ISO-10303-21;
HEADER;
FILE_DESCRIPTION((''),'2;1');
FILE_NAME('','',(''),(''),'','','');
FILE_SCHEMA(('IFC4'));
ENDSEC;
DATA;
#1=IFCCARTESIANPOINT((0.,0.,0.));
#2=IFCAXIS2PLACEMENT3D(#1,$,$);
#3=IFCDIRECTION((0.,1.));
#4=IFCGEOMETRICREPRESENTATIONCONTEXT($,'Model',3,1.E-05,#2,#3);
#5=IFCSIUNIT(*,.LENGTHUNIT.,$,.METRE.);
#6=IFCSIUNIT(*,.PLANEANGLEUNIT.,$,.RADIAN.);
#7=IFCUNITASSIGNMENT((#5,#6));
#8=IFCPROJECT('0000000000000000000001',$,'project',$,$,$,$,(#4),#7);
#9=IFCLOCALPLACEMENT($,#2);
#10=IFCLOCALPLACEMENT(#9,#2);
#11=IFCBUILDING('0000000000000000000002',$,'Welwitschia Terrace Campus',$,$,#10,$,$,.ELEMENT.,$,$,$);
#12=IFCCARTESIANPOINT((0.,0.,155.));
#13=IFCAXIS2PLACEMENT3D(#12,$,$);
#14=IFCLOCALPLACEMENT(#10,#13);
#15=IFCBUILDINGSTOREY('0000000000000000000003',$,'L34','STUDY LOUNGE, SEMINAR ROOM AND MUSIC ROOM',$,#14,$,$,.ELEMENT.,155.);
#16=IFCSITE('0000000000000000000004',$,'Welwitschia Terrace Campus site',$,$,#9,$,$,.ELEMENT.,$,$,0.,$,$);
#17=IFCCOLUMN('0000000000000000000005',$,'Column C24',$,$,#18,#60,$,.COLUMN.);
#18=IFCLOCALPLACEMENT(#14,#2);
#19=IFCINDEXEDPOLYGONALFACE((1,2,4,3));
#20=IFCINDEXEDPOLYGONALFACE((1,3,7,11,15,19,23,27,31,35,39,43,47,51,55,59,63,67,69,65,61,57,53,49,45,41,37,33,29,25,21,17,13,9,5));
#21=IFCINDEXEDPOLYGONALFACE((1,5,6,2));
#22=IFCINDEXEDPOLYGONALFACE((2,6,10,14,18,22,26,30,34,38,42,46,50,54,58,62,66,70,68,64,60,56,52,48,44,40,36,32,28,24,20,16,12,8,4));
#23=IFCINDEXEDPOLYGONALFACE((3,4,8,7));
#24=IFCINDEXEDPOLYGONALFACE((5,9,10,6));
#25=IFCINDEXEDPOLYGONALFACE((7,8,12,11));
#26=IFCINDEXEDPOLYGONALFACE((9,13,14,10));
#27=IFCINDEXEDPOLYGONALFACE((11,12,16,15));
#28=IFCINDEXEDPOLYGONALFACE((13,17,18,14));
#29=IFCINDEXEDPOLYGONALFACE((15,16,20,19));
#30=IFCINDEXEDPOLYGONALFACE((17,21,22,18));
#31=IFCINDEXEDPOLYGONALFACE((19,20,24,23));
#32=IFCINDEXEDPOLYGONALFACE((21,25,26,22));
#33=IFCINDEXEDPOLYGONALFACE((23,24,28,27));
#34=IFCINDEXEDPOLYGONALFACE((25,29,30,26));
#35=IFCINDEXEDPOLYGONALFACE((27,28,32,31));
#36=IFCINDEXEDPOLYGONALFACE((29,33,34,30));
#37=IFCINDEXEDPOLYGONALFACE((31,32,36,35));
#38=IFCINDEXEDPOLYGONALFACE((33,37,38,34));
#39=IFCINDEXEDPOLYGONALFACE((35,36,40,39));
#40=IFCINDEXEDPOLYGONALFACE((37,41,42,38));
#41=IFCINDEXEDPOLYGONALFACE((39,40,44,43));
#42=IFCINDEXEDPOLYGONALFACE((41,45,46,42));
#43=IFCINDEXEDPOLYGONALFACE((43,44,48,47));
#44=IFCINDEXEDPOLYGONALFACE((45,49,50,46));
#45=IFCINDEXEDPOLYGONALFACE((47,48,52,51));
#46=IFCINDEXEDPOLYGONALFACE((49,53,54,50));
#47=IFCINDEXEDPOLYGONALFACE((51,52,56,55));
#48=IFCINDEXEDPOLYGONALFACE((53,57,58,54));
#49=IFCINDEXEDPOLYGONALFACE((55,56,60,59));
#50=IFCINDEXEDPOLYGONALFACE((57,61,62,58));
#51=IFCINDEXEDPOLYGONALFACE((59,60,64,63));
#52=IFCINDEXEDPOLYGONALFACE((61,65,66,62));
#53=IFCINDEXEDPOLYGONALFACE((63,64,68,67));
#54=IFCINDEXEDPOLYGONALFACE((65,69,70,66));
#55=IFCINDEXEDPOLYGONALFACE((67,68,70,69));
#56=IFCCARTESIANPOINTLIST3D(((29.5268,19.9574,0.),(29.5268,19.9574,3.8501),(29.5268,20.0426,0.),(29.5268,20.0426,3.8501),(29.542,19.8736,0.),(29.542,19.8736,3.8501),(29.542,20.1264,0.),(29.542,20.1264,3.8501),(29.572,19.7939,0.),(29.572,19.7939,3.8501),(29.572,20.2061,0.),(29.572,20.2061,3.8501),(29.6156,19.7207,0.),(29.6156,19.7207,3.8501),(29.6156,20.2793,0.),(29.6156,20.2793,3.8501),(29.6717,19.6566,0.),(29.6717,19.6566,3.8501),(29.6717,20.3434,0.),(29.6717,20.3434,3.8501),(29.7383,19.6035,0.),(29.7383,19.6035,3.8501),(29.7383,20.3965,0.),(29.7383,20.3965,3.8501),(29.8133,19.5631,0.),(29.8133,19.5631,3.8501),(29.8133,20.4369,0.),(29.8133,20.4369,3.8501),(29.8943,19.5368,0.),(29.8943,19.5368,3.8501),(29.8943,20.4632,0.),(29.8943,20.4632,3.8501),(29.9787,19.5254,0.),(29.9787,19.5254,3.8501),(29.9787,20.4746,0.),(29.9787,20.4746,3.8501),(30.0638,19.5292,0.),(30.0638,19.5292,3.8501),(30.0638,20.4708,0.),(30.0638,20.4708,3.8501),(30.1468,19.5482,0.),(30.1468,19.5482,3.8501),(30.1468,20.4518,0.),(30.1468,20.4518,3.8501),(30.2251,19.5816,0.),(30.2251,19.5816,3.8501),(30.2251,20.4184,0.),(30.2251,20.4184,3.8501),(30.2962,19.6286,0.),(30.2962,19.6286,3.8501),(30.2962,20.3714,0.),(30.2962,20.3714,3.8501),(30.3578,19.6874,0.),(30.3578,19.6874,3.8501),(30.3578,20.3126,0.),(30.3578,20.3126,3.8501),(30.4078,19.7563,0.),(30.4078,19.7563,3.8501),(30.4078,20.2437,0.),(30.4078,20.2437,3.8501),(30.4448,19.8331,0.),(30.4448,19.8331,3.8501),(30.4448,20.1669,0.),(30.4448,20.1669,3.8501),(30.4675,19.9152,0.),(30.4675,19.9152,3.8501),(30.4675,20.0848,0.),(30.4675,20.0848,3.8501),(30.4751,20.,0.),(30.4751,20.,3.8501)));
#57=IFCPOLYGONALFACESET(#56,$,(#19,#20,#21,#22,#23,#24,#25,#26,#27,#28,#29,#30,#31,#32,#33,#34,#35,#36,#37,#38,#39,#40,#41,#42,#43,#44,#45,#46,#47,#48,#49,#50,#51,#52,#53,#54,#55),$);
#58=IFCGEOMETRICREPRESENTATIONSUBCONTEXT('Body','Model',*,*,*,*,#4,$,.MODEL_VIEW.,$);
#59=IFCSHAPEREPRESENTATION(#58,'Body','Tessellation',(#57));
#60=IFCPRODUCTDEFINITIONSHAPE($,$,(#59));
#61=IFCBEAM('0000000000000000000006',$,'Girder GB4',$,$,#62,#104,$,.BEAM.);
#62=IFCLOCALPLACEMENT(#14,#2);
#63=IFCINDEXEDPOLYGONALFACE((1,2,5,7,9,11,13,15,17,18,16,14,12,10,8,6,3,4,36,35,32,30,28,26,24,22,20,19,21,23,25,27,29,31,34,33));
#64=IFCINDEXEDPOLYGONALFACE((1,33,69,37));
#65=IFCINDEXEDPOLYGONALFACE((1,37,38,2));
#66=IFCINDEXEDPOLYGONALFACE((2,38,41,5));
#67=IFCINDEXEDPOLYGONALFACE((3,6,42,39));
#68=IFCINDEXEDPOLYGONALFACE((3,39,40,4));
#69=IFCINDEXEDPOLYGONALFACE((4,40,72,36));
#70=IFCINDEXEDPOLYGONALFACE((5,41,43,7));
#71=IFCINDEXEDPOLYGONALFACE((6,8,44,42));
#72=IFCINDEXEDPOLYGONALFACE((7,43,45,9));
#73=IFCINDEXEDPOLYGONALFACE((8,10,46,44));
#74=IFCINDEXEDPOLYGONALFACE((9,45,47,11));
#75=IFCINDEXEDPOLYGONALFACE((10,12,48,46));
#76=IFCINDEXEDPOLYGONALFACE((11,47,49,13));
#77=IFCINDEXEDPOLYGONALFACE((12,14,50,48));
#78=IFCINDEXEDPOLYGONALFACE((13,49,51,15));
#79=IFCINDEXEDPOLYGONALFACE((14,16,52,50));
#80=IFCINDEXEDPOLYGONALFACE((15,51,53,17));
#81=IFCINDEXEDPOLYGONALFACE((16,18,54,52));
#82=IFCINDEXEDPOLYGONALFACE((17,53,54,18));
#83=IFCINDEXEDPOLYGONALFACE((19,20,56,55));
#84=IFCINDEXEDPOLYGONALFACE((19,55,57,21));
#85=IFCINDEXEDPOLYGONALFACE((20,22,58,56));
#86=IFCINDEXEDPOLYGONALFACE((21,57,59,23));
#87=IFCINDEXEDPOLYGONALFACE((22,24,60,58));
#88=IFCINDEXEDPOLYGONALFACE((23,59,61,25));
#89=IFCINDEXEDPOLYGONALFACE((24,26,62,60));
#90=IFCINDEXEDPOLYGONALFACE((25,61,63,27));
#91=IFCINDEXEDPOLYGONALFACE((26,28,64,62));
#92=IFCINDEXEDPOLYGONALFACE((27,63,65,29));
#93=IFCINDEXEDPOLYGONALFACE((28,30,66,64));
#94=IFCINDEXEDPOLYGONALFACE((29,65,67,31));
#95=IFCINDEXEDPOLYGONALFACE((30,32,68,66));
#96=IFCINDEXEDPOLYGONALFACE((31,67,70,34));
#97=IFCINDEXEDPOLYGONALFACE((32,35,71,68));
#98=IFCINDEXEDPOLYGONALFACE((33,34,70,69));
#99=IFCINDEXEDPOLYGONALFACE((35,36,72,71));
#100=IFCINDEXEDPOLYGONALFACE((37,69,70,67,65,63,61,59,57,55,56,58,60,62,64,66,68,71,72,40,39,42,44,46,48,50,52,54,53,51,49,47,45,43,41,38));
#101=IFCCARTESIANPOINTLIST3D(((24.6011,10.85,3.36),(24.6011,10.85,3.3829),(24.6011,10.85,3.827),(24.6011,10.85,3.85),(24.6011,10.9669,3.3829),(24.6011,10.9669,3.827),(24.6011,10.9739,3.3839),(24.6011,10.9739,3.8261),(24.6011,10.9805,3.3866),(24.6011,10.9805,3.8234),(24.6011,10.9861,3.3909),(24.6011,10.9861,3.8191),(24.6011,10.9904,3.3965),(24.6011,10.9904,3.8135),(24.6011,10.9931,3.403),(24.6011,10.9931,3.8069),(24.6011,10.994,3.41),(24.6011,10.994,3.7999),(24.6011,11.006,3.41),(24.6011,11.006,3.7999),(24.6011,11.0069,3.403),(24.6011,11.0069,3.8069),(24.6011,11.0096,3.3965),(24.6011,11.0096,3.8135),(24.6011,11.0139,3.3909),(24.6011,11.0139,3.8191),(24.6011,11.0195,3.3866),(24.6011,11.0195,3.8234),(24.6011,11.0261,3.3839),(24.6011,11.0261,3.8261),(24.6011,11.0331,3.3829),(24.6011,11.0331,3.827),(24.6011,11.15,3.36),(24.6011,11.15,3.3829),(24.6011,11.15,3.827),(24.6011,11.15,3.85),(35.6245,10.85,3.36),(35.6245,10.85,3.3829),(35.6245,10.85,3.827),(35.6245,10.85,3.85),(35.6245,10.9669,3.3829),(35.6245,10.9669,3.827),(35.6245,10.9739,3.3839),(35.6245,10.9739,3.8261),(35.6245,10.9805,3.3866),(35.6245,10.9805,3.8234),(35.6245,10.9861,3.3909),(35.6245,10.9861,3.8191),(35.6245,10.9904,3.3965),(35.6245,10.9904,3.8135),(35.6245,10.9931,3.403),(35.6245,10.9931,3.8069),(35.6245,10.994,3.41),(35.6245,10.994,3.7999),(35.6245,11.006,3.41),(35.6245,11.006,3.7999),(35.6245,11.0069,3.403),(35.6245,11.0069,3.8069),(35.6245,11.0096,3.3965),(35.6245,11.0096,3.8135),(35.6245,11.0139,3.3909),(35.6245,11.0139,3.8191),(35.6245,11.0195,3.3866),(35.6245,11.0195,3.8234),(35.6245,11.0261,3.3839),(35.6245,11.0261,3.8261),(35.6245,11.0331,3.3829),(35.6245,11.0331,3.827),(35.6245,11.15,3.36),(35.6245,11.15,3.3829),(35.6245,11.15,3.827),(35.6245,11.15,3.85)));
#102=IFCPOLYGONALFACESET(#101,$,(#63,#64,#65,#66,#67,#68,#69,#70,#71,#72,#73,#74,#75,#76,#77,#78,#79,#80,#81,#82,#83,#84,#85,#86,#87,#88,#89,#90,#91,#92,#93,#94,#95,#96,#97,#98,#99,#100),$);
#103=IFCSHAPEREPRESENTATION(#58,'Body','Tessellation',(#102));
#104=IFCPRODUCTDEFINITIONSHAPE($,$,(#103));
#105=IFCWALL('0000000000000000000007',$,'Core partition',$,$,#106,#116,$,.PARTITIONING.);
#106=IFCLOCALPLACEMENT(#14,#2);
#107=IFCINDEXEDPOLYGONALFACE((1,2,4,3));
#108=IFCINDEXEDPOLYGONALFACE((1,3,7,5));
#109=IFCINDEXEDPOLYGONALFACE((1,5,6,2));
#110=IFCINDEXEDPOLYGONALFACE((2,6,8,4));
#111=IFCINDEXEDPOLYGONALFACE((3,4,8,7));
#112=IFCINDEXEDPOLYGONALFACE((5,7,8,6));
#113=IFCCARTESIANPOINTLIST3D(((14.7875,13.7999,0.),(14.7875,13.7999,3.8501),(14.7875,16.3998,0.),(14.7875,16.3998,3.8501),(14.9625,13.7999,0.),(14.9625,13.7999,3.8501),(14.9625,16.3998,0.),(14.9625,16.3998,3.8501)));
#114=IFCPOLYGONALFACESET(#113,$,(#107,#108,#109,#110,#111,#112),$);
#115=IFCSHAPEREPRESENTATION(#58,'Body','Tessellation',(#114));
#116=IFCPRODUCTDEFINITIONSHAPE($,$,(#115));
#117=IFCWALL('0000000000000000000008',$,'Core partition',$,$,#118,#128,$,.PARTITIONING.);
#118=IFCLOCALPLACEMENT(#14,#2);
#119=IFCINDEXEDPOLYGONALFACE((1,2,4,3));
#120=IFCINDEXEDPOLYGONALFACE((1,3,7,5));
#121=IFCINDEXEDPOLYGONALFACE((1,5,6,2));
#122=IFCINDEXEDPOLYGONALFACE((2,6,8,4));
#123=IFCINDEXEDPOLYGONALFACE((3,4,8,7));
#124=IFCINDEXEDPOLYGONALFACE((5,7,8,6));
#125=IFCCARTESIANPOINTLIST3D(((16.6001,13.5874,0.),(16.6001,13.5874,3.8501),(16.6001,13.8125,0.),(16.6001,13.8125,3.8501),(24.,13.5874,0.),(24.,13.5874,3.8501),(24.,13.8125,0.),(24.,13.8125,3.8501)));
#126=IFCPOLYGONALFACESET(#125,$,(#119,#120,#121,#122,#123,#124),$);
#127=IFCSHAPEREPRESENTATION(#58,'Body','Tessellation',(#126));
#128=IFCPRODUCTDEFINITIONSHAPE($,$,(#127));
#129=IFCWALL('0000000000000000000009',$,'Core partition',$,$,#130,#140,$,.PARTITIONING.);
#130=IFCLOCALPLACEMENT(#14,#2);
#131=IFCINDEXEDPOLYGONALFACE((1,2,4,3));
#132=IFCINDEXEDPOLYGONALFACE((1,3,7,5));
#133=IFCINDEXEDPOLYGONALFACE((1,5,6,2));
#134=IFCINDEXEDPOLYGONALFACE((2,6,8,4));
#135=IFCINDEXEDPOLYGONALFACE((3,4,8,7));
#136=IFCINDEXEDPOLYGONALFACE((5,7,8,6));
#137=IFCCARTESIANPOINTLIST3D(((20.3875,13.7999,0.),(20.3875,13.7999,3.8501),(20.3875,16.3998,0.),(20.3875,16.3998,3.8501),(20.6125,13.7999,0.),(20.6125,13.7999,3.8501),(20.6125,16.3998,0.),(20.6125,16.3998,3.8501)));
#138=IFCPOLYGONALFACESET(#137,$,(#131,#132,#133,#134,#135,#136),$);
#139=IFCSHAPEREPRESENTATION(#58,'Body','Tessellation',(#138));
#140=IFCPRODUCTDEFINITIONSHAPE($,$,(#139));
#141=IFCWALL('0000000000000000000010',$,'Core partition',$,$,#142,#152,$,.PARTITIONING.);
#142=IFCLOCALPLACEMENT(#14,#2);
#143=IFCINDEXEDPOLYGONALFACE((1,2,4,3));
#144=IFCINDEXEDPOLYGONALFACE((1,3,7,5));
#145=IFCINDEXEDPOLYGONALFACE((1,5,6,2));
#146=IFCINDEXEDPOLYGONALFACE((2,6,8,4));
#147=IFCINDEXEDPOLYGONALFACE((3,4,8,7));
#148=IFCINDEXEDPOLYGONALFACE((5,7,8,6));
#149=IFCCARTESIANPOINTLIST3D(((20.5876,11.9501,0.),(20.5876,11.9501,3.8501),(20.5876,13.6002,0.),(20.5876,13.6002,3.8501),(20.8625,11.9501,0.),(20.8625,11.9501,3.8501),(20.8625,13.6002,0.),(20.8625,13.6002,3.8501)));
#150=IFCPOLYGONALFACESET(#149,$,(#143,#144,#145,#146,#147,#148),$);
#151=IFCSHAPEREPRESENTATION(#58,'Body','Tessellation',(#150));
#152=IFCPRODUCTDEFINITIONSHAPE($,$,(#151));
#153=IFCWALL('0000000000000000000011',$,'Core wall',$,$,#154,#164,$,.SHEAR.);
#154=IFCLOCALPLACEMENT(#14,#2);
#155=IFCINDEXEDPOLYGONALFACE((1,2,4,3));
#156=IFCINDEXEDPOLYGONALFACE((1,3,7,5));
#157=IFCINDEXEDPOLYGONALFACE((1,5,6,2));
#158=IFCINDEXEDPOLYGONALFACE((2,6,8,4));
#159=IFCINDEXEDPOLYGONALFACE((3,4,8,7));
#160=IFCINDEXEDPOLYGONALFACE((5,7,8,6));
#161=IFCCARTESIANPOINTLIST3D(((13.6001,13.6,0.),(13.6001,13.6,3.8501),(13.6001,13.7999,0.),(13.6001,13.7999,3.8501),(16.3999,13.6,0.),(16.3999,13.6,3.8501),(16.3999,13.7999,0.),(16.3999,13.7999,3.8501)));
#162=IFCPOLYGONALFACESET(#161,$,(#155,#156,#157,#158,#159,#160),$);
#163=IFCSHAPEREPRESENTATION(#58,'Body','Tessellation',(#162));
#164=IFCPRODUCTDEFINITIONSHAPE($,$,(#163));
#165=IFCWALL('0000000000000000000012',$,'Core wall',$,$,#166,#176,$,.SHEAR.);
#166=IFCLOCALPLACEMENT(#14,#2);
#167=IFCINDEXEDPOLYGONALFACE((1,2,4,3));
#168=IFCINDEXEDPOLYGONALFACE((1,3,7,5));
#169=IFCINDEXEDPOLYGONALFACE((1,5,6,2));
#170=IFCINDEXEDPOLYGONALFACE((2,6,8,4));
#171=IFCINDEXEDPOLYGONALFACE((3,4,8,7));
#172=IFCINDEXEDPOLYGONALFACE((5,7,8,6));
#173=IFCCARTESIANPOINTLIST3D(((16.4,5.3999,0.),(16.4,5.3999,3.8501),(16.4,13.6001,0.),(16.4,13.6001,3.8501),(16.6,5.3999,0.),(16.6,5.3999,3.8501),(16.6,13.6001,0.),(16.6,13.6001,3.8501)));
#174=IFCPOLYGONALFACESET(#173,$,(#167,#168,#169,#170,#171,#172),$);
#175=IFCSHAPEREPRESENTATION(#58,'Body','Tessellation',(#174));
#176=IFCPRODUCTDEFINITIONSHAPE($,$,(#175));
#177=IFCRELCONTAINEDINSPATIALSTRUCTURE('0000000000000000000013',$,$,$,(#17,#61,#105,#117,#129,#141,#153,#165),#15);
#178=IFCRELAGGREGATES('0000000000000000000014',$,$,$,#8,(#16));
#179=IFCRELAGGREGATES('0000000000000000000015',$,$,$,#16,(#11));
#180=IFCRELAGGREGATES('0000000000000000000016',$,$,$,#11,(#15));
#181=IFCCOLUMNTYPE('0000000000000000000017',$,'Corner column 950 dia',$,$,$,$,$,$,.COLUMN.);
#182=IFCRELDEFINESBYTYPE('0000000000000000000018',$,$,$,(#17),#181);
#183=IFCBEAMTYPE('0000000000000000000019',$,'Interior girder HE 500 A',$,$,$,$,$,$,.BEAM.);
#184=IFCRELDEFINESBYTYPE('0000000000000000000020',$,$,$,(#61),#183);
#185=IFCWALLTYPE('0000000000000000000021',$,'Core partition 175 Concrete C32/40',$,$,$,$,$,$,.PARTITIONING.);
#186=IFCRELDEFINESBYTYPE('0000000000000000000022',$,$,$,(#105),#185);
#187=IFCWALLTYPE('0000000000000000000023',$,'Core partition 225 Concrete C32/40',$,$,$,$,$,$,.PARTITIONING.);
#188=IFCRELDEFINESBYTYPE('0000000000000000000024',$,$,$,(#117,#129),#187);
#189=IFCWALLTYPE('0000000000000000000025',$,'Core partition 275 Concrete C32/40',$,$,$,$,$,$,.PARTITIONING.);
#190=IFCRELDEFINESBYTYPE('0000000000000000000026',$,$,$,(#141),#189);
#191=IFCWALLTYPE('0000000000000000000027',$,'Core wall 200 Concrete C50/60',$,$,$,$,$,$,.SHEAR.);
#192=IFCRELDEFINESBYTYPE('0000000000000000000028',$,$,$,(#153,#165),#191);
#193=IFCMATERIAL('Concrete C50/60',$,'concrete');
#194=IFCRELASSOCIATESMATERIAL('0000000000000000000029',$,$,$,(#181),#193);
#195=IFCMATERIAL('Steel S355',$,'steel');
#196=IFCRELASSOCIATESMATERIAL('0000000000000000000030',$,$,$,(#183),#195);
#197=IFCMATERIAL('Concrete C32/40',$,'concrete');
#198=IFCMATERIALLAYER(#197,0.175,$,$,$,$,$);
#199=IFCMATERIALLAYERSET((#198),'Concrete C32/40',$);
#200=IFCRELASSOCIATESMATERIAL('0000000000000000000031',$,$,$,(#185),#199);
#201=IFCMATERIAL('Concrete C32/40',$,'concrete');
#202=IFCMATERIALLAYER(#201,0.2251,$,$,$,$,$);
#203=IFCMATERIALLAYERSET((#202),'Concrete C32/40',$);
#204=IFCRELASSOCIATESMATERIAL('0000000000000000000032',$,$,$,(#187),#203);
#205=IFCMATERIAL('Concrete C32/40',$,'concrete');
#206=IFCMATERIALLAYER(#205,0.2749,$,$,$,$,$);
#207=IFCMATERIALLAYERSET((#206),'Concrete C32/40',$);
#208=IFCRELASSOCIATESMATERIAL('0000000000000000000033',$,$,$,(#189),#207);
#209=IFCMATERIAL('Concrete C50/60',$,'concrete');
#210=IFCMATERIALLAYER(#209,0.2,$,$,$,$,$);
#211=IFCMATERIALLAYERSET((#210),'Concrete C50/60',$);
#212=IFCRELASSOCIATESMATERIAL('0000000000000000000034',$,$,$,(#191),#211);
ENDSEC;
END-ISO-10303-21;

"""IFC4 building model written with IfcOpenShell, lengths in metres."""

from ifc_helpers import new_model, si_unit, direction, frame, frame_2d, origin, origin_2d, place, context, subcontext, project, spatial, rectangle, circle, i_section, extrude, material, layer, layer_set, material_profile, profile_set, type_object, element, save


model = new_model("IFC4")

# Units and contexts
model_context = context("Model", 3, precision=1e-05, world=origin(), true_north=direction((0.0, 1.0)))
body_context = subcontext(model_context, "Body", "Model", "MODEL_VIEW")
ifc_project = project(units=[si_unit("LENGTHUNIT", "METRE"), si_unit("PLANEANGLEUNIT", "RADIAN")], contexts=[model_context])

# Site, building, storey
site_placement = place(None, origin())
site = spatial("IfcSite", under=ifc_project, at=site_placement, Name="Welwitschia Terrace Campus site", CompositionType="ELEMENT", RefElevation=0.0)
building_placement = place(site_placement, origin())
building = spatial("IfcBuilding", under=site, at=building_placement, Name="Welwitschia Terrace Campus", CompositionType="ELEMENT")
storey_placement = place(building_placement, frame((0.0, 0.0, 155.0)))
storey = spatial("IfcBuildingStorey", under=building, at=storey_placement, Name="L34", Description="STUDY LOUNGE, SEMINAR ROOM AND MUSIC ROOM", CompositionType="ELEMENT", Elevation=155.0)

# Column
ifc_material_1 = material(Name="Concrete C50/60", Category="concrete")
ifc_material_profile_1 = material_profile(ifc_material_1, circle(Radius=0.4751, at=origin_2d()))
ifc_profile_set_1 = profile_set([ifc_material_profile_1], Name="Concrete C50/60")
column_type = type_object("IfcColumnType", Name="Corner column 950 dia", PredefinedType="COLUMN", material=ifc_profile_set_1)
column_placement = place(storey_placement, frame((30.0, 20.0, 0.0), z_axis=(0.0, 0.0, 1.0), x_axis=(1.0, 0.0, 0.0)))
element("IfcColumn", 1, at=column_placement, inside=storey, type_object=column_type, Name="Column C24", PredefinedType="COLUMN", context=body_context, shape_type="SweptSolid", body=[
    extrude(circle(Radius=0.4751, at=origin_2d()), origin(), (0.0, 0.0, 1.0), 3.8501),
])

# Beam
ifc_material_2 = material(Name="Steel S355", Category="steel")
ifc_material_profile_2 = material_profile(ifc_material_2, i_section(OverallWidth=0.3, OverallDepth=0.49, WebThickness=0.012, FlangeThickness=0.0229, FilletRadius=0.0271, at=origin_2d()))
ifc_profile_set_2 = profile_set([ifc_material_profile_2], Name="Steel S355")
beam_type = type_object("IfcBeamType", Name="Interior girder HE 500 A", PredefinedType="BEAM", material=ifc_profile_set_2)
beam_placement = place(storey_placement, frame((24.6011, 11.0, 3.605), z_axis=(1.0, 0.0, 0.0), x_axis=(0.0, 1.0, 0.0)))
element("IfcBeam", 2, at=beam_placement, inside=storey, type_object=beam_type, Name="Girder GB4", PredefinedType="BEAM", context=body_context, shape_type="SweptSolid", body=[
    extrude(i_section(OverallWidth=0.3, OverallDepth=0.49, WebThickness=0.012, FlangeThickness=0.0229, FilletRadius=0.0271, at=origin_2d()), origin(), (0.0, 0.0, 1.0), 11.0234),
])

# Walls
ifc_material_3 = material(Name="Concrete C32/40", Category="concrete")
ifc_layer_1 = layer(ifc_material_3, 0.175)
ifc_layer_set_1 = layer_set([ifc_layer_1], Name="Concrete C32/40")
wall_type_1 = type_object("IfcWallType", Name="Core partition 175 Concrete C32/40", PredefinedType="PARTITIONING", material=ifc_layer_set_1)
wall_1_placement = place(storey_placement, frame((14.875, 13.8, 0.0), z_axis=(0.0, 0.0, 1.0), x_axis=(0.0, 1.0, 0.0)))
element("IfcWall", 3, at=wall_1_placement, inside=storey, type_object=wall_type_1, Name="Core partition", PredefinedType="PARTITIONING", context=body_context, shape_type="SweptSolid", body=[
    extrude(rectangle(XDim=2.5999, YDim=0.175, at=frame_2d((1.2998, 0.0))), origin(), (0.0, 0.0, 1.0), 3.8501),
])
ifc_material_4 = material(Name="Concrete C32/40", Category="concrete")
ifc_layer_2 = layer(ifc_material_4, 0.2251)
ifc_layer_set_2 = layer_set([ifc_layer_2], Name="Concrete C32/40")
wall_type_2 = type_object("IfcWallType", Name="Core partition 225 Concrete C32/40", PredefinedType="PARTITIONING", material=ifc_layer_set_2)
wall_2_placement = place(storey_placement, frame((16.6001, 13.7, 0.0), z_axis=(0.0, 0.0, 1.0), x_axis=(1.0, 0.0, 0.0)))
element("IfcWall", 4, at=wall_2_placement, inside=storey, type_object=wall_type_2, Name="Core partition", PredefinedType="PARTITIONING", context=body_context, shape_type="SweptSolid", body=[
    extrude(rectangle(XDim=7.3999, YDim=0.2251, at=frame_2d((3.7, 0.0))), origin(), (0.0, 0.0, 1.0), 3.8501),
])
wall_3_placement = place(storey_placement, frame((20.5, 13.8, 0.0), z_axis=(0.0, 0.0, 1.0), x_axis=(0.0, 1.0, 0.0)))
element("IfcWall", 5, at=wall_3_placement, inside=storey, type_object=wall_type_2, Name="Core partition", PredefinedType="PARTITIONING", context=body_context, shape_type="SweptSolid", body=[
    extrude(rectangle(XDim=2.5999, YDim=0.2251, at=frame_2d((1.2998, 0.0))), origin(), (0.0, 0.0, 1.0), 3.8501),
])
ifc_material_5 = material(Name="Concrete C32/40", Category="concrete")
ifc_layer_3 = layer(ifc_material_5, 0.2749)
ifc_layer_set_3 = layer_set([ifc_layer_3], Name="Concrete C32/40")
wall_type_3 = type_object("IfcWallType", Name="Core partition 275 Concrete C32/40", PredefinedType="PARTITIONING", material=ifc_layer_set_3)
wall_4_placement = place(storey_placement, frame((20.7251, 11.95, 0.0), z_axis=(0.0, 0.0, 1.0), x_axis=(0.0, 1.0, 0.0)))
element("IfcWall", 6, at=wall_4_placement, inside=storey, type_object=wall_type_3, Name="Core partition", PredefinedType="PARTITIONING", context=body_context, shape_type="SweptSolid", body=[
    extrude(rectangle(XDim=1.6501, YDim=0.2749, at=frame_2d((0.8252, 0.0))), origin(), (0.0, 0.0, 1.0), 3.8501),
])
ifc_material_6 = material(Name="Concrete C50/60", Category="concrete")
ifc_layer_4 = layer(ifc_material_6, 0.2)
ifc_layer_set_4 = layer_set([ifc_layer_4], Name="Concrete C50/60")
wall_type_4 = type_object("IfcWallType", Name="Core wall 200 Concrete C50/60", PredefinedType="SHEAR", material=ifc_layer_set_4)
wall_5_placement = place(storey_placement, frame((13.6001, 13.7, 0.0), z_axis=(0.0, 0.0, 1.0), x_axis=(1.0, 0.0, 0.0)))
element("IfcWall", 7, at=wall_5_placement, inside=storey, type_object=wall_type_4, Name="Core wall", PredefinedType="SHEAR", context=body_context, shape_type="SweptSolid", body=[
    extrude(rectangle(XDim=2.7998, YDim=0.2, at=frame_2d((1.3999, 0.0))), origin(), (0.0, 0.0, 1.0), 3.8501),
])
wall_6_placement = place(storey_placement, frame((16.5, 5.3999, 0.0), z_axis=(0.0, 0.0, 1.0), x_axis=(0.0, 1.0, 0.0)))
element("IfcWall", 8, at=wall_6_placement, inside=storey, type_object=wall_type_4, Name="Core wall", PredefinedType="SHEAR", context=body_context, shape_type="SweptSolid", body=[
    extrude(rectangle(XDim=8.2002, YDim=0.2, at=frame_2d((4.1001, 0.0))), origin(), (0.0, 0.0, 1.0), 3.8501),
])

save(model, "model.ifc")
